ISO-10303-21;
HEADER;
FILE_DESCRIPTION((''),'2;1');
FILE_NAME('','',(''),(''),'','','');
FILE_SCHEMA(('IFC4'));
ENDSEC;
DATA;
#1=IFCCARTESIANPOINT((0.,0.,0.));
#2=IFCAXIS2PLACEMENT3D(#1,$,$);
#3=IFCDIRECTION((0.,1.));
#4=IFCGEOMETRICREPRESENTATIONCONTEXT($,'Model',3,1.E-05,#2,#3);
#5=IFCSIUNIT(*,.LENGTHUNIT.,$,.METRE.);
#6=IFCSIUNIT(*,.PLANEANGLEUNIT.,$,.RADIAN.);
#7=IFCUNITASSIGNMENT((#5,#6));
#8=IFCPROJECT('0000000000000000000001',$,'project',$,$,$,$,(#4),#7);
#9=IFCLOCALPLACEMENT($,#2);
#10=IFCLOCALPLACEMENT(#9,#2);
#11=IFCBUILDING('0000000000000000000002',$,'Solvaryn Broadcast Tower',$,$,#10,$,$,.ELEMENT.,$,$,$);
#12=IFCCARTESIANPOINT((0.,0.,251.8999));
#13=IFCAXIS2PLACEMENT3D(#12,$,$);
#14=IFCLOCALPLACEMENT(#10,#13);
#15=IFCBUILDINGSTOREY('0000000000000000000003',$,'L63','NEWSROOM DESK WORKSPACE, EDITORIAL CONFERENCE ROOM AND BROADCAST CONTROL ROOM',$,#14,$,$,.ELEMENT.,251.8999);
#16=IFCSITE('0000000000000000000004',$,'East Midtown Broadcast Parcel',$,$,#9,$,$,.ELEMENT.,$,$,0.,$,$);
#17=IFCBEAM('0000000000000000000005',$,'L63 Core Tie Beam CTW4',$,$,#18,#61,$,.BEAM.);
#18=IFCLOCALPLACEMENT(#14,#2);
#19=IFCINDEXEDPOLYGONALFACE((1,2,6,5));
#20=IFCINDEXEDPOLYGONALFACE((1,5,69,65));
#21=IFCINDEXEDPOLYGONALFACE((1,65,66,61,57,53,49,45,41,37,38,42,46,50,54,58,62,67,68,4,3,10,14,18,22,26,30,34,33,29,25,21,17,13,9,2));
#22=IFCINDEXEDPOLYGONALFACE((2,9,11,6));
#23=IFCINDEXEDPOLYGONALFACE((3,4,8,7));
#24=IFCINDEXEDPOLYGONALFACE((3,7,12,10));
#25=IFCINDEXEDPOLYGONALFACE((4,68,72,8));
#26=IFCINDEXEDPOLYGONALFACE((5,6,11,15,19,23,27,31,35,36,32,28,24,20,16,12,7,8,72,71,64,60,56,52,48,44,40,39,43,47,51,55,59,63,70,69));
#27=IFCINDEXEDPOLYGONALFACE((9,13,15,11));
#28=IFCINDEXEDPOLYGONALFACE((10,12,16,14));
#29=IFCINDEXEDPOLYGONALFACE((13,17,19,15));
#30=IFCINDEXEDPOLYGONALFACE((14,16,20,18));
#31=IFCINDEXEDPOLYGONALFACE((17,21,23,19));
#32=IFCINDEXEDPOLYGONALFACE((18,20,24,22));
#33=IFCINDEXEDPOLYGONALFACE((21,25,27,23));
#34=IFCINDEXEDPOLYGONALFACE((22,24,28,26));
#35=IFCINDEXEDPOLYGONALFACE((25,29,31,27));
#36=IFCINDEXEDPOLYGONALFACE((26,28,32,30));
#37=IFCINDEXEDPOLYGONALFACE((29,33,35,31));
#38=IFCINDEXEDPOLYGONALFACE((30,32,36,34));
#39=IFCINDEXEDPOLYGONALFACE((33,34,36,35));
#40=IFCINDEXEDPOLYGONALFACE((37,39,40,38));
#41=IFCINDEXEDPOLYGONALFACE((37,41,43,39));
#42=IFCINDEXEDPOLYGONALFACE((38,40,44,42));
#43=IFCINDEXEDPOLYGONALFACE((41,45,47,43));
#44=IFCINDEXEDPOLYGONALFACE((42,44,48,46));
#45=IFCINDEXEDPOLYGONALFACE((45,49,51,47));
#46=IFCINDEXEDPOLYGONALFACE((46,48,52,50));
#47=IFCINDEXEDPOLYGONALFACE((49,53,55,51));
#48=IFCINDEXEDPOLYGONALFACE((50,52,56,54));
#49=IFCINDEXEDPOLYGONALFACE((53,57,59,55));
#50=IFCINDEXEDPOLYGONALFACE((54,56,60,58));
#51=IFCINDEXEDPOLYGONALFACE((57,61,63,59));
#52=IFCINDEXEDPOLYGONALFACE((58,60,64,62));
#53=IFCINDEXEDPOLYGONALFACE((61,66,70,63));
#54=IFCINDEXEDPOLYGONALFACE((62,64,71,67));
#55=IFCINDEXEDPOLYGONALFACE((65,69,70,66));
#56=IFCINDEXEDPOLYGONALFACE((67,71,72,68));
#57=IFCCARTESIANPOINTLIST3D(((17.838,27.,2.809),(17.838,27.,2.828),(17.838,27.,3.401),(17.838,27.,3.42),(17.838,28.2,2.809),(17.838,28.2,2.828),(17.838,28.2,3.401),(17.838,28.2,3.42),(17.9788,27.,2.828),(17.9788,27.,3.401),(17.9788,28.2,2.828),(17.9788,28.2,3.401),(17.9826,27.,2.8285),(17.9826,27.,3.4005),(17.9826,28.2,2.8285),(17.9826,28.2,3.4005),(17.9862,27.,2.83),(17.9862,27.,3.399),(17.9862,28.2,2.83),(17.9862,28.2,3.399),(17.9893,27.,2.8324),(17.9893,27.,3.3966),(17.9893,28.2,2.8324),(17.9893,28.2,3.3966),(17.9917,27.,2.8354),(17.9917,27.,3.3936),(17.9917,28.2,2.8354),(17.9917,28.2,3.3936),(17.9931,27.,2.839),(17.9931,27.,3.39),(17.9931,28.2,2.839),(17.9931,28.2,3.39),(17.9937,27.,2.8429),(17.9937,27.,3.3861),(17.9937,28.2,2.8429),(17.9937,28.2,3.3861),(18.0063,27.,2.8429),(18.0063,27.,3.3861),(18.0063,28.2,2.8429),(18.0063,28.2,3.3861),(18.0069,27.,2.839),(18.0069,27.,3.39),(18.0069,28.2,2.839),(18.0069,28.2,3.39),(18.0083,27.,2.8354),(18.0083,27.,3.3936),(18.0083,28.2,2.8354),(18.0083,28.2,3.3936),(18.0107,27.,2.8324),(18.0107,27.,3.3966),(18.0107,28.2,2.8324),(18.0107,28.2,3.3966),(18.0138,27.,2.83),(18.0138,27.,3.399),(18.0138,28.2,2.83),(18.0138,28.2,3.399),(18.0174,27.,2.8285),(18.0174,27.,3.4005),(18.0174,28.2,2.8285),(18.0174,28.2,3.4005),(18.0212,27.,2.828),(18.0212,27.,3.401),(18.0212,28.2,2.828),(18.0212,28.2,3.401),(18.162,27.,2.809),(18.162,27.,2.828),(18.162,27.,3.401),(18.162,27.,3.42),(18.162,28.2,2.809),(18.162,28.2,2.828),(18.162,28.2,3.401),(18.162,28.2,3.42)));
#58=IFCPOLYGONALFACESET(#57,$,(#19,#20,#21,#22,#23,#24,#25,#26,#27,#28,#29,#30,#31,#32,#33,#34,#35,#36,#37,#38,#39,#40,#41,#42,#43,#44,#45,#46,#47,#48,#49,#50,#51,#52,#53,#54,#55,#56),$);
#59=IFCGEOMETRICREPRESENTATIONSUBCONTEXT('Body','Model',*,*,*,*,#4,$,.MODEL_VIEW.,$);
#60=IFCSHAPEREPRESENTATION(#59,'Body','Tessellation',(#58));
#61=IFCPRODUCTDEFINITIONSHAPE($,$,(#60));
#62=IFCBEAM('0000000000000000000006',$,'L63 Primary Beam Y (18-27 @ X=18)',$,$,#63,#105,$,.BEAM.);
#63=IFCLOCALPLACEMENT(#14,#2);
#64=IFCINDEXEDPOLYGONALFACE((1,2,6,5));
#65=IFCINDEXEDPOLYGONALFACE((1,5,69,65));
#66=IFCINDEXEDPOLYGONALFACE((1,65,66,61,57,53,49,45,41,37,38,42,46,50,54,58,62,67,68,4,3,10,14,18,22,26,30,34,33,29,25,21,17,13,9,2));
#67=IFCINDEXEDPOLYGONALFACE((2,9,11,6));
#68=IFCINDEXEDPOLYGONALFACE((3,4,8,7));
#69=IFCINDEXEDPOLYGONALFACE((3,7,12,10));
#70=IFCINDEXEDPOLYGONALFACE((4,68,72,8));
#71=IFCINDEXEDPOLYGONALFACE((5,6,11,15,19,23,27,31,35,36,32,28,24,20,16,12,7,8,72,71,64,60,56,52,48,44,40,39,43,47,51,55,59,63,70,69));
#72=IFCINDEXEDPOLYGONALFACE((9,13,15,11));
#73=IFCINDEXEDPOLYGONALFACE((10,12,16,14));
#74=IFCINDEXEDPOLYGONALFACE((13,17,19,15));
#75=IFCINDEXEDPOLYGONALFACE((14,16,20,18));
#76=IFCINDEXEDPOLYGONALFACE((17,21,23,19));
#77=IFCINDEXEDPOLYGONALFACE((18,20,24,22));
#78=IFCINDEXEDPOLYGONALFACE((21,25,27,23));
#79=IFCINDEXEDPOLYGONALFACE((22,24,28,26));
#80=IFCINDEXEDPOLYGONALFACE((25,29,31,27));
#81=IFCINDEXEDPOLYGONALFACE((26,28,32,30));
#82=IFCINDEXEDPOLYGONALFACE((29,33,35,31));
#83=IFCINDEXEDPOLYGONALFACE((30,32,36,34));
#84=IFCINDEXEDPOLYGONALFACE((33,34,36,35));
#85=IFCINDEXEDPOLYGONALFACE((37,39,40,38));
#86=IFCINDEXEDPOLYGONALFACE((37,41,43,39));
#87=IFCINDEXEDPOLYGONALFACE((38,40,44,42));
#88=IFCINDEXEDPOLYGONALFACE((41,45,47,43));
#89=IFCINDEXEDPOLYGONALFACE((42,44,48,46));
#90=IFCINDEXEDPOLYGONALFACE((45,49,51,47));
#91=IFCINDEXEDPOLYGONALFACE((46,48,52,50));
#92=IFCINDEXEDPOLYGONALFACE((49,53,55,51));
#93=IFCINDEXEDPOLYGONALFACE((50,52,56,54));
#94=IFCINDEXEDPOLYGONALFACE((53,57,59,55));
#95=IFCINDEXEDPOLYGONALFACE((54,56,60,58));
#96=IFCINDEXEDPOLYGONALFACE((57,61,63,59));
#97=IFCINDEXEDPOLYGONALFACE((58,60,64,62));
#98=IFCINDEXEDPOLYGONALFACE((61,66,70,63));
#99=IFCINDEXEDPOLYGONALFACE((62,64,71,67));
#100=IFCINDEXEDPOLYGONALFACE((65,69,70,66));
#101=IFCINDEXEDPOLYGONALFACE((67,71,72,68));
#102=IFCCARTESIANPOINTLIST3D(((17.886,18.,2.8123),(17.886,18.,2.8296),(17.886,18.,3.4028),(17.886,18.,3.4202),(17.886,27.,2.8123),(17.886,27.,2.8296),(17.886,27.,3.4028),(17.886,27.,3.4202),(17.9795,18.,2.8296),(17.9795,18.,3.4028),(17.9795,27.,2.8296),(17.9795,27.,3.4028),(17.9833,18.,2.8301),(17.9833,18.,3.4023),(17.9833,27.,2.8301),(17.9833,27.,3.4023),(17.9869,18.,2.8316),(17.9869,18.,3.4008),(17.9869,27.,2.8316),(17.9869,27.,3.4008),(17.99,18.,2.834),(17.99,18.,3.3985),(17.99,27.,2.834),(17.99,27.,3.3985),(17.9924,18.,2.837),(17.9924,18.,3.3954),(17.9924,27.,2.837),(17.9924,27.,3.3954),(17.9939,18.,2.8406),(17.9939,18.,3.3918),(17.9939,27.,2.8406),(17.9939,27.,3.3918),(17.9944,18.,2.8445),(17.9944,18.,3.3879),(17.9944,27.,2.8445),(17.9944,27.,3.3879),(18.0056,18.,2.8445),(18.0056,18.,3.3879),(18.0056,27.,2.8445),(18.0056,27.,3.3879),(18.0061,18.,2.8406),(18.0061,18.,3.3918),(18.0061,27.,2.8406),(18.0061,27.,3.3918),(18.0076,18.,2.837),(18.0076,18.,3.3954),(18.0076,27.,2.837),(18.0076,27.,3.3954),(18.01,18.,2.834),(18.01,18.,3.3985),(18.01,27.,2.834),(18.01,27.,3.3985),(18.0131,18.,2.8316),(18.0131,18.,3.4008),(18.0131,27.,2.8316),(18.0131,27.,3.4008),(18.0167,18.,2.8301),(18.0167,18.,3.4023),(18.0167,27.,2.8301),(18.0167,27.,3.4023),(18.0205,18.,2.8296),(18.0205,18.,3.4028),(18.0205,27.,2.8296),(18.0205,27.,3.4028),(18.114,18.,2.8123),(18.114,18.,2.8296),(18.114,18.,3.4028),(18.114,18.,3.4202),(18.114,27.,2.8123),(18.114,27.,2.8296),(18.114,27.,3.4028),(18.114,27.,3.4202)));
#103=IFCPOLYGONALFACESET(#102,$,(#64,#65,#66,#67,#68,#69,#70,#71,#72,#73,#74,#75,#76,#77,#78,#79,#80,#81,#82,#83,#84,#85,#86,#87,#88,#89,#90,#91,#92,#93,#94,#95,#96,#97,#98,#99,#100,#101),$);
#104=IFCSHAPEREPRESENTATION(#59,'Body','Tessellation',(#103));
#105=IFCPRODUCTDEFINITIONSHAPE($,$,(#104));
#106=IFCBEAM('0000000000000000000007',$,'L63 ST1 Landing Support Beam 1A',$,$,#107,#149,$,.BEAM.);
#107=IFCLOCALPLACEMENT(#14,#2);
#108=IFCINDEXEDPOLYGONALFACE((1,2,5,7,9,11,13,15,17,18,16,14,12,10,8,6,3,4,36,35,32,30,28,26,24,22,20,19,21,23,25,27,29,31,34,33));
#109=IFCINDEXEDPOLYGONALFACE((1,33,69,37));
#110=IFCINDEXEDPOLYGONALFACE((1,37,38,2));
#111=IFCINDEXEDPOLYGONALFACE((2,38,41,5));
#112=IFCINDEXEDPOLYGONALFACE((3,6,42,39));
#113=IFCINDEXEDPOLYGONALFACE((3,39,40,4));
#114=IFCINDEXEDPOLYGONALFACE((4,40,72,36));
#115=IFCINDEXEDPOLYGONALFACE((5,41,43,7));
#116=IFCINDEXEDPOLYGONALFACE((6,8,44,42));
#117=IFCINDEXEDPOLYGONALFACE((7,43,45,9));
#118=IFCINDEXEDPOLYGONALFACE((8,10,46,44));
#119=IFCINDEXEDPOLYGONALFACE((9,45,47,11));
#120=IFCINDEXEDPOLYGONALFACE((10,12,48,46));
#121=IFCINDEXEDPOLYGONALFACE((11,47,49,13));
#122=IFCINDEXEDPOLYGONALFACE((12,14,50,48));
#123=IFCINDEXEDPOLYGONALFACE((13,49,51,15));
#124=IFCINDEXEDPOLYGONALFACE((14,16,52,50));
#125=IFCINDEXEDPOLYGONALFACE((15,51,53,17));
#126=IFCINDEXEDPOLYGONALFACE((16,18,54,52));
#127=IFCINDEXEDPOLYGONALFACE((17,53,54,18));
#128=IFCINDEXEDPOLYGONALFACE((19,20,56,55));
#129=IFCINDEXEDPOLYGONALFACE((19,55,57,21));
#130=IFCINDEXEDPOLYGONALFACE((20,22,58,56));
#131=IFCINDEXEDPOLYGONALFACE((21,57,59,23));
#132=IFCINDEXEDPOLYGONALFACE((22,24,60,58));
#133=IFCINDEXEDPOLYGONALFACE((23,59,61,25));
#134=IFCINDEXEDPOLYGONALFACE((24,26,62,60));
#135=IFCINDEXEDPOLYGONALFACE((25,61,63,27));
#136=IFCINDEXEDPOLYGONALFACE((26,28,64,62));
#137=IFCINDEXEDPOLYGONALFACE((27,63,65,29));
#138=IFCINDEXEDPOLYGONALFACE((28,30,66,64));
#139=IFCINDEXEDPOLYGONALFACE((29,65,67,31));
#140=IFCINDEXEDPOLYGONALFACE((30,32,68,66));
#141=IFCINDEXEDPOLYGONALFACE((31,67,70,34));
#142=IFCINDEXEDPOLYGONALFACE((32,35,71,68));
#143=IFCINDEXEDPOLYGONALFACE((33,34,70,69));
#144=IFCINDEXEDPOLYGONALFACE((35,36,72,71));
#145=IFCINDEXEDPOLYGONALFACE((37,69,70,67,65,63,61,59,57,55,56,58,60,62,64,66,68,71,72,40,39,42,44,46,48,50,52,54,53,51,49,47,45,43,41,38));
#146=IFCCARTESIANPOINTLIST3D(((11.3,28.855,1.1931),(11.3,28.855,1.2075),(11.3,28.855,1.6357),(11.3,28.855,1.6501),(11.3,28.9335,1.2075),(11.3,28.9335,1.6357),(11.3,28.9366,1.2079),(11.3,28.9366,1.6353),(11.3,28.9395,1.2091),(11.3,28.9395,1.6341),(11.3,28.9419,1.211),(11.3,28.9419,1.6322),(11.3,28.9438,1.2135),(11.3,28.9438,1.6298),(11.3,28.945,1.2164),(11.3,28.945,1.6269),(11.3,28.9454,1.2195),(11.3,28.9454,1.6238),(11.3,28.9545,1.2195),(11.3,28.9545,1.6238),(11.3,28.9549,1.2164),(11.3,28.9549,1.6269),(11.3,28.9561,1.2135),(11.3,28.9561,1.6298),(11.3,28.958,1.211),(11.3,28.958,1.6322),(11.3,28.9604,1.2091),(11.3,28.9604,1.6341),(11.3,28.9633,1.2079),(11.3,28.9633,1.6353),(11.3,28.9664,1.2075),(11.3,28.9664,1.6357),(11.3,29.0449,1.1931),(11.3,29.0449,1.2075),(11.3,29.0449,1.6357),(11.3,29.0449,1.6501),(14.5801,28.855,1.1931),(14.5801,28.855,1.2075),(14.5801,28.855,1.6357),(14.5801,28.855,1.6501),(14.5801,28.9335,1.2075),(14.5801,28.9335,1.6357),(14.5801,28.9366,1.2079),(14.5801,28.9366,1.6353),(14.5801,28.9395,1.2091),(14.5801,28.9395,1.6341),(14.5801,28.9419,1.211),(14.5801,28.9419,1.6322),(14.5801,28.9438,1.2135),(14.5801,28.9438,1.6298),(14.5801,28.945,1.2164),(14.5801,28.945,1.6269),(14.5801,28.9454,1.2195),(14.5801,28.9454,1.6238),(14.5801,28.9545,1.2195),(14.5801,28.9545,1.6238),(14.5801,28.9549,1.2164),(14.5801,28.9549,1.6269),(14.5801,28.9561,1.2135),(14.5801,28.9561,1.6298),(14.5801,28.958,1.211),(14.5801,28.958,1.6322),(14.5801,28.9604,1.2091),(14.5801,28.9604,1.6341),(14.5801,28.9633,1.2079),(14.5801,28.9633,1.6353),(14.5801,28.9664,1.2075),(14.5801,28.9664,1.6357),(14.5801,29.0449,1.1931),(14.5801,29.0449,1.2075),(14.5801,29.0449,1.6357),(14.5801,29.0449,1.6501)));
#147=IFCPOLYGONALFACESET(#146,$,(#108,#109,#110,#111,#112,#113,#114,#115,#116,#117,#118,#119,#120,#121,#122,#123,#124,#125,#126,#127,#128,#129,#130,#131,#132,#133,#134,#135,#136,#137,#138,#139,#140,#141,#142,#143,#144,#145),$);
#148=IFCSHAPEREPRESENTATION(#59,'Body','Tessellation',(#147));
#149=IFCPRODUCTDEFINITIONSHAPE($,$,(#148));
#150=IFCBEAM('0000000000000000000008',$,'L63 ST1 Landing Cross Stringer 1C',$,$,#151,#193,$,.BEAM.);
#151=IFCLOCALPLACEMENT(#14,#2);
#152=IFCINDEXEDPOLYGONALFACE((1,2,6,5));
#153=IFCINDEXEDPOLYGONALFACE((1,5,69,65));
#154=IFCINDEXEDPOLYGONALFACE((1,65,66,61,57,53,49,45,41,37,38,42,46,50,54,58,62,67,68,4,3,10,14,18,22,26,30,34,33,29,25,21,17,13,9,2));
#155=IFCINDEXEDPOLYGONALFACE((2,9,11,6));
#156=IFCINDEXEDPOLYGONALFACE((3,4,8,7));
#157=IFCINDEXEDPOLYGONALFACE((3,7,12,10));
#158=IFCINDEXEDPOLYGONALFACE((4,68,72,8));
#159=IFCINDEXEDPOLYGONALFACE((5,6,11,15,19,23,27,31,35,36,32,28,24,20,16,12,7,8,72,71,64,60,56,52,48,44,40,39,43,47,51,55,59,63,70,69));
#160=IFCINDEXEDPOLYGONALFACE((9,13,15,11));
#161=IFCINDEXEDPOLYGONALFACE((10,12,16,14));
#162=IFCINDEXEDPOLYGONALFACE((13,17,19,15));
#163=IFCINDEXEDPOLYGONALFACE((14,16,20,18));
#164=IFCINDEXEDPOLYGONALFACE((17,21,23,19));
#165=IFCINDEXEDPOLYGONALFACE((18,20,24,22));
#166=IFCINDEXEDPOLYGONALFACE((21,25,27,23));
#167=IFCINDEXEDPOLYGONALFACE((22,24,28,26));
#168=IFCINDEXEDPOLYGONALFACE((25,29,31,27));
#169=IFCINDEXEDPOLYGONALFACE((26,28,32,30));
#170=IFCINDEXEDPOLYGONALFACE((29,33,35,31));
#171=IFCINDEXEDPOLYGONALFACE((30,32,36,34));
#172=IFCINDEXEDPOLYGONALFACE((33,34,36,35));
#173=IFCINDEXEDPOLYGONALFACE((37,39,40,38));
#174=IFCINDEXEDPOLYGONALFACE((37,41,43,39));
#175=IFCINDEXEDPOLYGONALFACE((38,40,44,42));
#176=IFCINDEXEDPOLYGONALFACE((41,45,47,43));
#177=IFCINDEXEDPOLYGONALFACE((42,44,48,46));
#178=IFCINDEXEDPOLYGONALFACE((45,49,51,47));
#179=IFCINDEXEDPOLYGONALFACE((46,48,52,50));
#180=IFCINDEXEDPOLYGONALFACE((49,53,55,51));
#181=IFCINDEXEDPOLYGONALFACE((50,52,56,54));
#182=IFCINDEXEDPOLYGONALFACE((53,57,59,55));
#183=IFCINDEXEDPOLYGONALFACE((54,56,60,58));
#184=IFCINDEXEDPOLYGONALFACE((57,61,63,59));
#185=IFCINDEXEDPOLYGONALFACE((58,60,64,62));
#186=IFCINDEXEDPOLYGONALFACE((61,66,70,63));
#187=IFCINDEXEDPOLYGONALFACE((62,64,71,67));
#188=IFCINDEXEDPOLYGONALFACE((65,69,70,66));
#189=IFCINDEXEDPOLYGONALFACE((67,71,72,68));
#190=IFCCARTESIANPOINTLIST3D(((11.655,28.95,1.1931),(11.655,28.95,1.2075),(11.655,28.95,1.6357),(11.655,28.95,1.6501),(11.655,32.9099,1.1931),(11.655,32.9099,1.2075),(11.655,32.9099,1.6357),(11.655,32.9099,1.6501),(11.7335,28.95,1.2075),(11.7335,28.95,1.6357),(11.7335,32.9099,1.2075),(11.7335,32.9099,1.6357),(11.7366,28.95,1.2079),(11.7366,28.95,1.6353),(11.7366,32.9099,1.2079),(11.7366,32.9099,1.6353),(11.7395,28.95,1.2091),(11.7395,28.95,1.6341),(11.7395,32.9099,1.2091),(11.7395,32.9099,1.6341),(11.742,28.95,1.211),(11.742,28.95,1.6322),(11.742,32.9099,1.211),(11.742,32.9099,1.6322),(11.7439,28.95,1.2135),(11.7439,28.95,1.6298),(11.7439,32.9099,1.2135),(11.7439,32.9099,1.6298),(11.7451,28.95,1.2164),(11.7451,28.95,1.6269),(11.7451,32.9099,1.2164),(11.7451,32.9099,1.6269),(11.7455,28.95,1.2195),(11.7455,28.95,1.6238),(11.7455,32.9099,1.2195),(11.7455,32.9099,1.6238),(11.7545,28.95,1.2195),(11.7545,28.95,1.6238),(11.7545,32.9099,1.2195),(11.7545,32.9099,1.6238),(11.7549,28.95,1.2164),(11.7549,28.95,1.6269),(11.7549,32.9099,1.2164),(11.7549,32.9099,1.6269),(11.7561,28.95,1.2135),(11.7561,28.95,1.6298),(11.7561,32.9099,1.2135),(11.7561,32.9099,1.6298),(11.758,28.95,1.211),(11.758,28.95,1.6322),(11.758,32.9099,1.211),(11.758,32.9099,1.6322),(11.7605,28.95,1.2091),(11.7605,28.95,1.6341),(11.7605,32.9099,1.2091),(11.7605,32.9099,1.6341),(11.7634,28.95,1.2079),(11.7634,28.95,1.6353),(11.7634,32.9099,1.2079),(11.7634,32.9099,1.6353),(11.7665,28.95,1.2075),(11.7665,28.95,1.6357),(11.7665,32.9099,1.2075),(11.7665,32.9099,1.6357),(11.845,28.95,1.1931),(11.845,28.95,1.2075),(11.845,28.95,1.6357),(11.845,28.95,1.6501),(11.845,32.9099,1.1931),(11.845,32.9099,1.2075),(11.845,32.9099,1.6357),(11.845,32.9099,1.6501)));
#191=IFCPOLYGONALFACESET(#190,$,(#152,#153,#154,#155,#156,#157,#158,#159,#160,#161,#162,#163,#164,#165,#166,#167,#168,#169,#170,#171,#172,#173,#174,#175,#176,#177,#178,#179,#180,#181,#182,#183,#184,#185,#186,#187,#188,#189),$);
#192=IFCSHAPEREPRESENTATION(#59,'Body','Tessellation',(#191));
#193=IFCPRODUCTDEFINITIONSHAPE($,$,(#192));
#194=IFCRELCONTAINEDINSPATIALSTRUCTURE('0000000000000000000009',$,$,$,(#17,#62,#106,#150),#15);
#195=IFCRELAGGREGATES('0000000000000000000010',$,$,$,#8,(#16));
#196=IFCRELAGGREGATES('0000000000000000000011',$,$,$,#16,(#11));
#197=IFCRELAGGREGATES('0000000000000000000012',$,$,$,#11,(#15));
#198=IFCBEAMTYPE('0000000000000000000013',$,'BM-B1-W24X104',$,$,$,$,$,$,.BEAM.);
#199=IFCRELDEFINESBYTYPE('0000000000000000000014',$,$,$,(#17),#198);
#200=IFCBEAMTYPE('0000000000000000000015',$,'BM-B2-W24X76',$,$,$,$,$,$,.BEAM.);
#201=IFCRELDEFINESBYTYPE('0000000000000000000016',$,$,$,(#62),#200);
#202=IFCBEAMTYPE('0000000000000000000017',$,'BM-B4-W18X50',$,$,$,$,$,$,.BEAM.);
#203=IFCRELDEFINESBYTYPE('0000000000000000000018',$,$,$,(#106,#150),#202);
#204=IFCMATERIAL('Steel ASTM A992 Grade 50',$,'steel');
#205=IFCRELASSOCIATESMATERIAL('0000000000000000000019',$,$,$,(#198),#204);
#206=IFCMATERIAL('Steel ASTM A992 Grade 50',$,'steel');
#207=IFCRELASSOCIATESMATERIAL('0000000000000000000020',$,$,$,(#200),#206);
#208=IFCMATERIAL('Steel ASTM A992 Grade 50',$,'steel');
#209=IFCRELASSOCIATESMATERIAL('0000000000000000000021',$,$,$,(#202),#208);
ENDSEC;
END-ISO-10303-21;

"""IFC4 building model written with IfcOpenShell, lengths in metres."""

from ifc_helpers import new_model, si_unit, direction, frame, origin, origin_2d, place, context, subcontext, project, spatial, i_section, extrude, material, material_profile, profile_set, type_object, element, save


model = new_model("IFC4")

# Units and contexts
model_context = context("Model", 3, precision=1e-05, world=origin(), true_north=direction((0.0, 1.0)))
body_context = subcontext(model_context, "Body", "Model", "MODEL_VIEW")
ifc_project = project(units=[si_unit("LENGTHUNIT", "METRE"), si_unit("PLANEANGLEUNIT", "RADIAN")], contexts=[model_context])

# Site, building, storey
site_placement = place(None, origin())
site = spatial("IfcSite", under=ifc_project, at=site_placement, Name="East Midtown Broadcast Parcel", CompositionType="ELEMENT", RefElevation=0.0)
building_placement = place(site_placement, origin())
building = spatial("IfcBuilding", under=site, at=building_placement, Name="Solvaryn Broadcast Tower", CompositionType="ELEMENT")
storey_placement = place(building_placement, frame((0.0, 0.0, 251.8999)))
storey = spatial("IfcBuildingStorey", under=building, at=storey_placement, Name="L63", Description="NEWSROOM DESK WORKSPACE, EDITORIAL CONFERENCE ROOM AND BROADCAST CONTROL ROOM", CompositionType="ELEMENT", Elevation=251.8999)

# Beams
ifc_material_1 = material(Name="Steel ASTM A992 Grade 50", Category="steel")
ifc_material_profile_1 = material_profile(ifc_material_1, i_section(OverallWidth=0.324, OverallDepth=0.6111, WebThickness=0.0127, FlangeThickness=0.019, FilletRadius=0.0149, at=origin_2d()))
ifc_profile_set_1 = profile_set([ifc_material_profile_1], Name="Steel ASTM A992 Grade 50")
beam_type_1 = type_object("IfcBeamType", Name="BM-B1-W24X104", PredefinedType="BEAM", material=ifc_profile_set_1)
beam_1_placement = place(storey_placement, frame((18.0, 27.0, 3.1145), z_axis=(0.0, 1.0, 0.0), x_axis=(-1.0, 0.0, 0.0)))
element("IfcBeam", 1, at=beam_1_placement, inside=storey, type_object=beam_type_1, Name="L63 Core Tie Beam CTW4", PredefinedType="BEAM", context=body_context, shape_type="SweptSolid", body=[
    extrude(i_section(OverallWidth=0.324, OverallDepth=0.6111, WebThickness=0.0127, FlangeThickness=0.019, FilletRadius=0.0149, at=origin_2d()), origin(), (0.0, 0.0, 1.0), 1.2),
])
ifc_material_2 = material(Name="Steel ASTM A992 Grade 50", Category="steel")
ifc_material_profile_2 = material_profile(ifc_material_2, i_section(OverallWidth=0.228, OverallDepth=0.6079, WebThickness=0.0112, FlangeThickness=0.0173, FilletRadius=0.0149, at=origin_2d()))
ifc_profile_set_2 = profile_set([ifc_material_profile_2], Name="Steel ASTM A992 Grade 50")
beam_type_2 = type_object("IfcBeamType", Name="BM-B2-W24X76", PredefinedType="BEAM", material=ifc_profile_set_2)
beam_2_placement = place(storey_placement, frame((18.0, 18.0, 3.1162), z_axis=(0.0, 1.0, 0.0), x_axis=(-1.0, 0.0, 0.0)))
element("IfcBeam", 2, at=beam_2_placement, inside=storey, type_object=beam_type_2, Name="L63 Primary Beam Y (18-27 @ X=18)", PredefinedType="BEAM", context=body_context, shape_type="SweptSolid", body=[
    extrude(i_section(OverallWidth=0.228, OverallDepth=0.6079, WebThickness=0.0112, FlangeThickness=0.0173, FilletRadius=0.0149, at=origin_2d()), origin(), (0.0, 0.0, 1.0), 9.0),
])
ifc_material_3 = material(Name="Steel ASTM A992 Grade 50", Category="steel")
ifc_material_profile_3 = material_profile(ifc_material_3, i_section(OverallWidth=0.1899, OverallDepth=0.457, WebThickness=0.009, FlangeThickness=0.0144, FilletRadius=0.012, at=origin_2d()))
ifc_profile_set_3 = profile_set([ifc_material_profile_3], Name="Steel ASTM A992 Grade 50")
beam_type_3 = type_object("IfcBeamType", Name="BM-B4-W18X50", PredefinedType="BEAM", material=ifc_profile_set_3)
beam_3_placement = place(storey_placement, frame((11.3, 28.95, 1.4216), z_axis=(1.0, 0.0, 0.0), x_axis=(0.0, 1.0, 0.0)))
element("IfcBeam", 3, at=beam_3_placement, inside=storey, type_object=beam_type_3, Name="L63 ST1 Landing Support Beam 1A", PredefinedType="BEAM", context=body_context, shape_type="SweptSolid", body=[
    extrude(i_section(OverallWidth=0.1899, OverallDepth=0.457, WebThickness=0.009, FlangeThickness=0.0144, FilletRadius=0.012, at=origin_2d()), origin(), (0.0, 0.0, 1.0), 3.28),
])
beam_4_placement = place(storey_placement, frame((11.75, 28.95, 1.4216), z_axis=(0.0, 1.0, 0.0), x_axis=(-1.0, 0.0, 0.0)))
element("IfcBeam", 4, at=beam_4_placement, inside=storey, type_object=beam_type_3, Name="L63 ST1 Landing Cross Stringer 1C", PredefinedType="BEAM", context=body_context, shape_type="SweptSolid", body=[
    extrude(i_section(OverallWidth=0.1899, OverallDepth=0.457, WebThickness=0.009, FlangeThickness=0.0144, FilletRadius=0.012, at=origin_2d()), origin(), (0.0, 0.0, 1.0), 3.96),
])

save(model, "model.ifc")
